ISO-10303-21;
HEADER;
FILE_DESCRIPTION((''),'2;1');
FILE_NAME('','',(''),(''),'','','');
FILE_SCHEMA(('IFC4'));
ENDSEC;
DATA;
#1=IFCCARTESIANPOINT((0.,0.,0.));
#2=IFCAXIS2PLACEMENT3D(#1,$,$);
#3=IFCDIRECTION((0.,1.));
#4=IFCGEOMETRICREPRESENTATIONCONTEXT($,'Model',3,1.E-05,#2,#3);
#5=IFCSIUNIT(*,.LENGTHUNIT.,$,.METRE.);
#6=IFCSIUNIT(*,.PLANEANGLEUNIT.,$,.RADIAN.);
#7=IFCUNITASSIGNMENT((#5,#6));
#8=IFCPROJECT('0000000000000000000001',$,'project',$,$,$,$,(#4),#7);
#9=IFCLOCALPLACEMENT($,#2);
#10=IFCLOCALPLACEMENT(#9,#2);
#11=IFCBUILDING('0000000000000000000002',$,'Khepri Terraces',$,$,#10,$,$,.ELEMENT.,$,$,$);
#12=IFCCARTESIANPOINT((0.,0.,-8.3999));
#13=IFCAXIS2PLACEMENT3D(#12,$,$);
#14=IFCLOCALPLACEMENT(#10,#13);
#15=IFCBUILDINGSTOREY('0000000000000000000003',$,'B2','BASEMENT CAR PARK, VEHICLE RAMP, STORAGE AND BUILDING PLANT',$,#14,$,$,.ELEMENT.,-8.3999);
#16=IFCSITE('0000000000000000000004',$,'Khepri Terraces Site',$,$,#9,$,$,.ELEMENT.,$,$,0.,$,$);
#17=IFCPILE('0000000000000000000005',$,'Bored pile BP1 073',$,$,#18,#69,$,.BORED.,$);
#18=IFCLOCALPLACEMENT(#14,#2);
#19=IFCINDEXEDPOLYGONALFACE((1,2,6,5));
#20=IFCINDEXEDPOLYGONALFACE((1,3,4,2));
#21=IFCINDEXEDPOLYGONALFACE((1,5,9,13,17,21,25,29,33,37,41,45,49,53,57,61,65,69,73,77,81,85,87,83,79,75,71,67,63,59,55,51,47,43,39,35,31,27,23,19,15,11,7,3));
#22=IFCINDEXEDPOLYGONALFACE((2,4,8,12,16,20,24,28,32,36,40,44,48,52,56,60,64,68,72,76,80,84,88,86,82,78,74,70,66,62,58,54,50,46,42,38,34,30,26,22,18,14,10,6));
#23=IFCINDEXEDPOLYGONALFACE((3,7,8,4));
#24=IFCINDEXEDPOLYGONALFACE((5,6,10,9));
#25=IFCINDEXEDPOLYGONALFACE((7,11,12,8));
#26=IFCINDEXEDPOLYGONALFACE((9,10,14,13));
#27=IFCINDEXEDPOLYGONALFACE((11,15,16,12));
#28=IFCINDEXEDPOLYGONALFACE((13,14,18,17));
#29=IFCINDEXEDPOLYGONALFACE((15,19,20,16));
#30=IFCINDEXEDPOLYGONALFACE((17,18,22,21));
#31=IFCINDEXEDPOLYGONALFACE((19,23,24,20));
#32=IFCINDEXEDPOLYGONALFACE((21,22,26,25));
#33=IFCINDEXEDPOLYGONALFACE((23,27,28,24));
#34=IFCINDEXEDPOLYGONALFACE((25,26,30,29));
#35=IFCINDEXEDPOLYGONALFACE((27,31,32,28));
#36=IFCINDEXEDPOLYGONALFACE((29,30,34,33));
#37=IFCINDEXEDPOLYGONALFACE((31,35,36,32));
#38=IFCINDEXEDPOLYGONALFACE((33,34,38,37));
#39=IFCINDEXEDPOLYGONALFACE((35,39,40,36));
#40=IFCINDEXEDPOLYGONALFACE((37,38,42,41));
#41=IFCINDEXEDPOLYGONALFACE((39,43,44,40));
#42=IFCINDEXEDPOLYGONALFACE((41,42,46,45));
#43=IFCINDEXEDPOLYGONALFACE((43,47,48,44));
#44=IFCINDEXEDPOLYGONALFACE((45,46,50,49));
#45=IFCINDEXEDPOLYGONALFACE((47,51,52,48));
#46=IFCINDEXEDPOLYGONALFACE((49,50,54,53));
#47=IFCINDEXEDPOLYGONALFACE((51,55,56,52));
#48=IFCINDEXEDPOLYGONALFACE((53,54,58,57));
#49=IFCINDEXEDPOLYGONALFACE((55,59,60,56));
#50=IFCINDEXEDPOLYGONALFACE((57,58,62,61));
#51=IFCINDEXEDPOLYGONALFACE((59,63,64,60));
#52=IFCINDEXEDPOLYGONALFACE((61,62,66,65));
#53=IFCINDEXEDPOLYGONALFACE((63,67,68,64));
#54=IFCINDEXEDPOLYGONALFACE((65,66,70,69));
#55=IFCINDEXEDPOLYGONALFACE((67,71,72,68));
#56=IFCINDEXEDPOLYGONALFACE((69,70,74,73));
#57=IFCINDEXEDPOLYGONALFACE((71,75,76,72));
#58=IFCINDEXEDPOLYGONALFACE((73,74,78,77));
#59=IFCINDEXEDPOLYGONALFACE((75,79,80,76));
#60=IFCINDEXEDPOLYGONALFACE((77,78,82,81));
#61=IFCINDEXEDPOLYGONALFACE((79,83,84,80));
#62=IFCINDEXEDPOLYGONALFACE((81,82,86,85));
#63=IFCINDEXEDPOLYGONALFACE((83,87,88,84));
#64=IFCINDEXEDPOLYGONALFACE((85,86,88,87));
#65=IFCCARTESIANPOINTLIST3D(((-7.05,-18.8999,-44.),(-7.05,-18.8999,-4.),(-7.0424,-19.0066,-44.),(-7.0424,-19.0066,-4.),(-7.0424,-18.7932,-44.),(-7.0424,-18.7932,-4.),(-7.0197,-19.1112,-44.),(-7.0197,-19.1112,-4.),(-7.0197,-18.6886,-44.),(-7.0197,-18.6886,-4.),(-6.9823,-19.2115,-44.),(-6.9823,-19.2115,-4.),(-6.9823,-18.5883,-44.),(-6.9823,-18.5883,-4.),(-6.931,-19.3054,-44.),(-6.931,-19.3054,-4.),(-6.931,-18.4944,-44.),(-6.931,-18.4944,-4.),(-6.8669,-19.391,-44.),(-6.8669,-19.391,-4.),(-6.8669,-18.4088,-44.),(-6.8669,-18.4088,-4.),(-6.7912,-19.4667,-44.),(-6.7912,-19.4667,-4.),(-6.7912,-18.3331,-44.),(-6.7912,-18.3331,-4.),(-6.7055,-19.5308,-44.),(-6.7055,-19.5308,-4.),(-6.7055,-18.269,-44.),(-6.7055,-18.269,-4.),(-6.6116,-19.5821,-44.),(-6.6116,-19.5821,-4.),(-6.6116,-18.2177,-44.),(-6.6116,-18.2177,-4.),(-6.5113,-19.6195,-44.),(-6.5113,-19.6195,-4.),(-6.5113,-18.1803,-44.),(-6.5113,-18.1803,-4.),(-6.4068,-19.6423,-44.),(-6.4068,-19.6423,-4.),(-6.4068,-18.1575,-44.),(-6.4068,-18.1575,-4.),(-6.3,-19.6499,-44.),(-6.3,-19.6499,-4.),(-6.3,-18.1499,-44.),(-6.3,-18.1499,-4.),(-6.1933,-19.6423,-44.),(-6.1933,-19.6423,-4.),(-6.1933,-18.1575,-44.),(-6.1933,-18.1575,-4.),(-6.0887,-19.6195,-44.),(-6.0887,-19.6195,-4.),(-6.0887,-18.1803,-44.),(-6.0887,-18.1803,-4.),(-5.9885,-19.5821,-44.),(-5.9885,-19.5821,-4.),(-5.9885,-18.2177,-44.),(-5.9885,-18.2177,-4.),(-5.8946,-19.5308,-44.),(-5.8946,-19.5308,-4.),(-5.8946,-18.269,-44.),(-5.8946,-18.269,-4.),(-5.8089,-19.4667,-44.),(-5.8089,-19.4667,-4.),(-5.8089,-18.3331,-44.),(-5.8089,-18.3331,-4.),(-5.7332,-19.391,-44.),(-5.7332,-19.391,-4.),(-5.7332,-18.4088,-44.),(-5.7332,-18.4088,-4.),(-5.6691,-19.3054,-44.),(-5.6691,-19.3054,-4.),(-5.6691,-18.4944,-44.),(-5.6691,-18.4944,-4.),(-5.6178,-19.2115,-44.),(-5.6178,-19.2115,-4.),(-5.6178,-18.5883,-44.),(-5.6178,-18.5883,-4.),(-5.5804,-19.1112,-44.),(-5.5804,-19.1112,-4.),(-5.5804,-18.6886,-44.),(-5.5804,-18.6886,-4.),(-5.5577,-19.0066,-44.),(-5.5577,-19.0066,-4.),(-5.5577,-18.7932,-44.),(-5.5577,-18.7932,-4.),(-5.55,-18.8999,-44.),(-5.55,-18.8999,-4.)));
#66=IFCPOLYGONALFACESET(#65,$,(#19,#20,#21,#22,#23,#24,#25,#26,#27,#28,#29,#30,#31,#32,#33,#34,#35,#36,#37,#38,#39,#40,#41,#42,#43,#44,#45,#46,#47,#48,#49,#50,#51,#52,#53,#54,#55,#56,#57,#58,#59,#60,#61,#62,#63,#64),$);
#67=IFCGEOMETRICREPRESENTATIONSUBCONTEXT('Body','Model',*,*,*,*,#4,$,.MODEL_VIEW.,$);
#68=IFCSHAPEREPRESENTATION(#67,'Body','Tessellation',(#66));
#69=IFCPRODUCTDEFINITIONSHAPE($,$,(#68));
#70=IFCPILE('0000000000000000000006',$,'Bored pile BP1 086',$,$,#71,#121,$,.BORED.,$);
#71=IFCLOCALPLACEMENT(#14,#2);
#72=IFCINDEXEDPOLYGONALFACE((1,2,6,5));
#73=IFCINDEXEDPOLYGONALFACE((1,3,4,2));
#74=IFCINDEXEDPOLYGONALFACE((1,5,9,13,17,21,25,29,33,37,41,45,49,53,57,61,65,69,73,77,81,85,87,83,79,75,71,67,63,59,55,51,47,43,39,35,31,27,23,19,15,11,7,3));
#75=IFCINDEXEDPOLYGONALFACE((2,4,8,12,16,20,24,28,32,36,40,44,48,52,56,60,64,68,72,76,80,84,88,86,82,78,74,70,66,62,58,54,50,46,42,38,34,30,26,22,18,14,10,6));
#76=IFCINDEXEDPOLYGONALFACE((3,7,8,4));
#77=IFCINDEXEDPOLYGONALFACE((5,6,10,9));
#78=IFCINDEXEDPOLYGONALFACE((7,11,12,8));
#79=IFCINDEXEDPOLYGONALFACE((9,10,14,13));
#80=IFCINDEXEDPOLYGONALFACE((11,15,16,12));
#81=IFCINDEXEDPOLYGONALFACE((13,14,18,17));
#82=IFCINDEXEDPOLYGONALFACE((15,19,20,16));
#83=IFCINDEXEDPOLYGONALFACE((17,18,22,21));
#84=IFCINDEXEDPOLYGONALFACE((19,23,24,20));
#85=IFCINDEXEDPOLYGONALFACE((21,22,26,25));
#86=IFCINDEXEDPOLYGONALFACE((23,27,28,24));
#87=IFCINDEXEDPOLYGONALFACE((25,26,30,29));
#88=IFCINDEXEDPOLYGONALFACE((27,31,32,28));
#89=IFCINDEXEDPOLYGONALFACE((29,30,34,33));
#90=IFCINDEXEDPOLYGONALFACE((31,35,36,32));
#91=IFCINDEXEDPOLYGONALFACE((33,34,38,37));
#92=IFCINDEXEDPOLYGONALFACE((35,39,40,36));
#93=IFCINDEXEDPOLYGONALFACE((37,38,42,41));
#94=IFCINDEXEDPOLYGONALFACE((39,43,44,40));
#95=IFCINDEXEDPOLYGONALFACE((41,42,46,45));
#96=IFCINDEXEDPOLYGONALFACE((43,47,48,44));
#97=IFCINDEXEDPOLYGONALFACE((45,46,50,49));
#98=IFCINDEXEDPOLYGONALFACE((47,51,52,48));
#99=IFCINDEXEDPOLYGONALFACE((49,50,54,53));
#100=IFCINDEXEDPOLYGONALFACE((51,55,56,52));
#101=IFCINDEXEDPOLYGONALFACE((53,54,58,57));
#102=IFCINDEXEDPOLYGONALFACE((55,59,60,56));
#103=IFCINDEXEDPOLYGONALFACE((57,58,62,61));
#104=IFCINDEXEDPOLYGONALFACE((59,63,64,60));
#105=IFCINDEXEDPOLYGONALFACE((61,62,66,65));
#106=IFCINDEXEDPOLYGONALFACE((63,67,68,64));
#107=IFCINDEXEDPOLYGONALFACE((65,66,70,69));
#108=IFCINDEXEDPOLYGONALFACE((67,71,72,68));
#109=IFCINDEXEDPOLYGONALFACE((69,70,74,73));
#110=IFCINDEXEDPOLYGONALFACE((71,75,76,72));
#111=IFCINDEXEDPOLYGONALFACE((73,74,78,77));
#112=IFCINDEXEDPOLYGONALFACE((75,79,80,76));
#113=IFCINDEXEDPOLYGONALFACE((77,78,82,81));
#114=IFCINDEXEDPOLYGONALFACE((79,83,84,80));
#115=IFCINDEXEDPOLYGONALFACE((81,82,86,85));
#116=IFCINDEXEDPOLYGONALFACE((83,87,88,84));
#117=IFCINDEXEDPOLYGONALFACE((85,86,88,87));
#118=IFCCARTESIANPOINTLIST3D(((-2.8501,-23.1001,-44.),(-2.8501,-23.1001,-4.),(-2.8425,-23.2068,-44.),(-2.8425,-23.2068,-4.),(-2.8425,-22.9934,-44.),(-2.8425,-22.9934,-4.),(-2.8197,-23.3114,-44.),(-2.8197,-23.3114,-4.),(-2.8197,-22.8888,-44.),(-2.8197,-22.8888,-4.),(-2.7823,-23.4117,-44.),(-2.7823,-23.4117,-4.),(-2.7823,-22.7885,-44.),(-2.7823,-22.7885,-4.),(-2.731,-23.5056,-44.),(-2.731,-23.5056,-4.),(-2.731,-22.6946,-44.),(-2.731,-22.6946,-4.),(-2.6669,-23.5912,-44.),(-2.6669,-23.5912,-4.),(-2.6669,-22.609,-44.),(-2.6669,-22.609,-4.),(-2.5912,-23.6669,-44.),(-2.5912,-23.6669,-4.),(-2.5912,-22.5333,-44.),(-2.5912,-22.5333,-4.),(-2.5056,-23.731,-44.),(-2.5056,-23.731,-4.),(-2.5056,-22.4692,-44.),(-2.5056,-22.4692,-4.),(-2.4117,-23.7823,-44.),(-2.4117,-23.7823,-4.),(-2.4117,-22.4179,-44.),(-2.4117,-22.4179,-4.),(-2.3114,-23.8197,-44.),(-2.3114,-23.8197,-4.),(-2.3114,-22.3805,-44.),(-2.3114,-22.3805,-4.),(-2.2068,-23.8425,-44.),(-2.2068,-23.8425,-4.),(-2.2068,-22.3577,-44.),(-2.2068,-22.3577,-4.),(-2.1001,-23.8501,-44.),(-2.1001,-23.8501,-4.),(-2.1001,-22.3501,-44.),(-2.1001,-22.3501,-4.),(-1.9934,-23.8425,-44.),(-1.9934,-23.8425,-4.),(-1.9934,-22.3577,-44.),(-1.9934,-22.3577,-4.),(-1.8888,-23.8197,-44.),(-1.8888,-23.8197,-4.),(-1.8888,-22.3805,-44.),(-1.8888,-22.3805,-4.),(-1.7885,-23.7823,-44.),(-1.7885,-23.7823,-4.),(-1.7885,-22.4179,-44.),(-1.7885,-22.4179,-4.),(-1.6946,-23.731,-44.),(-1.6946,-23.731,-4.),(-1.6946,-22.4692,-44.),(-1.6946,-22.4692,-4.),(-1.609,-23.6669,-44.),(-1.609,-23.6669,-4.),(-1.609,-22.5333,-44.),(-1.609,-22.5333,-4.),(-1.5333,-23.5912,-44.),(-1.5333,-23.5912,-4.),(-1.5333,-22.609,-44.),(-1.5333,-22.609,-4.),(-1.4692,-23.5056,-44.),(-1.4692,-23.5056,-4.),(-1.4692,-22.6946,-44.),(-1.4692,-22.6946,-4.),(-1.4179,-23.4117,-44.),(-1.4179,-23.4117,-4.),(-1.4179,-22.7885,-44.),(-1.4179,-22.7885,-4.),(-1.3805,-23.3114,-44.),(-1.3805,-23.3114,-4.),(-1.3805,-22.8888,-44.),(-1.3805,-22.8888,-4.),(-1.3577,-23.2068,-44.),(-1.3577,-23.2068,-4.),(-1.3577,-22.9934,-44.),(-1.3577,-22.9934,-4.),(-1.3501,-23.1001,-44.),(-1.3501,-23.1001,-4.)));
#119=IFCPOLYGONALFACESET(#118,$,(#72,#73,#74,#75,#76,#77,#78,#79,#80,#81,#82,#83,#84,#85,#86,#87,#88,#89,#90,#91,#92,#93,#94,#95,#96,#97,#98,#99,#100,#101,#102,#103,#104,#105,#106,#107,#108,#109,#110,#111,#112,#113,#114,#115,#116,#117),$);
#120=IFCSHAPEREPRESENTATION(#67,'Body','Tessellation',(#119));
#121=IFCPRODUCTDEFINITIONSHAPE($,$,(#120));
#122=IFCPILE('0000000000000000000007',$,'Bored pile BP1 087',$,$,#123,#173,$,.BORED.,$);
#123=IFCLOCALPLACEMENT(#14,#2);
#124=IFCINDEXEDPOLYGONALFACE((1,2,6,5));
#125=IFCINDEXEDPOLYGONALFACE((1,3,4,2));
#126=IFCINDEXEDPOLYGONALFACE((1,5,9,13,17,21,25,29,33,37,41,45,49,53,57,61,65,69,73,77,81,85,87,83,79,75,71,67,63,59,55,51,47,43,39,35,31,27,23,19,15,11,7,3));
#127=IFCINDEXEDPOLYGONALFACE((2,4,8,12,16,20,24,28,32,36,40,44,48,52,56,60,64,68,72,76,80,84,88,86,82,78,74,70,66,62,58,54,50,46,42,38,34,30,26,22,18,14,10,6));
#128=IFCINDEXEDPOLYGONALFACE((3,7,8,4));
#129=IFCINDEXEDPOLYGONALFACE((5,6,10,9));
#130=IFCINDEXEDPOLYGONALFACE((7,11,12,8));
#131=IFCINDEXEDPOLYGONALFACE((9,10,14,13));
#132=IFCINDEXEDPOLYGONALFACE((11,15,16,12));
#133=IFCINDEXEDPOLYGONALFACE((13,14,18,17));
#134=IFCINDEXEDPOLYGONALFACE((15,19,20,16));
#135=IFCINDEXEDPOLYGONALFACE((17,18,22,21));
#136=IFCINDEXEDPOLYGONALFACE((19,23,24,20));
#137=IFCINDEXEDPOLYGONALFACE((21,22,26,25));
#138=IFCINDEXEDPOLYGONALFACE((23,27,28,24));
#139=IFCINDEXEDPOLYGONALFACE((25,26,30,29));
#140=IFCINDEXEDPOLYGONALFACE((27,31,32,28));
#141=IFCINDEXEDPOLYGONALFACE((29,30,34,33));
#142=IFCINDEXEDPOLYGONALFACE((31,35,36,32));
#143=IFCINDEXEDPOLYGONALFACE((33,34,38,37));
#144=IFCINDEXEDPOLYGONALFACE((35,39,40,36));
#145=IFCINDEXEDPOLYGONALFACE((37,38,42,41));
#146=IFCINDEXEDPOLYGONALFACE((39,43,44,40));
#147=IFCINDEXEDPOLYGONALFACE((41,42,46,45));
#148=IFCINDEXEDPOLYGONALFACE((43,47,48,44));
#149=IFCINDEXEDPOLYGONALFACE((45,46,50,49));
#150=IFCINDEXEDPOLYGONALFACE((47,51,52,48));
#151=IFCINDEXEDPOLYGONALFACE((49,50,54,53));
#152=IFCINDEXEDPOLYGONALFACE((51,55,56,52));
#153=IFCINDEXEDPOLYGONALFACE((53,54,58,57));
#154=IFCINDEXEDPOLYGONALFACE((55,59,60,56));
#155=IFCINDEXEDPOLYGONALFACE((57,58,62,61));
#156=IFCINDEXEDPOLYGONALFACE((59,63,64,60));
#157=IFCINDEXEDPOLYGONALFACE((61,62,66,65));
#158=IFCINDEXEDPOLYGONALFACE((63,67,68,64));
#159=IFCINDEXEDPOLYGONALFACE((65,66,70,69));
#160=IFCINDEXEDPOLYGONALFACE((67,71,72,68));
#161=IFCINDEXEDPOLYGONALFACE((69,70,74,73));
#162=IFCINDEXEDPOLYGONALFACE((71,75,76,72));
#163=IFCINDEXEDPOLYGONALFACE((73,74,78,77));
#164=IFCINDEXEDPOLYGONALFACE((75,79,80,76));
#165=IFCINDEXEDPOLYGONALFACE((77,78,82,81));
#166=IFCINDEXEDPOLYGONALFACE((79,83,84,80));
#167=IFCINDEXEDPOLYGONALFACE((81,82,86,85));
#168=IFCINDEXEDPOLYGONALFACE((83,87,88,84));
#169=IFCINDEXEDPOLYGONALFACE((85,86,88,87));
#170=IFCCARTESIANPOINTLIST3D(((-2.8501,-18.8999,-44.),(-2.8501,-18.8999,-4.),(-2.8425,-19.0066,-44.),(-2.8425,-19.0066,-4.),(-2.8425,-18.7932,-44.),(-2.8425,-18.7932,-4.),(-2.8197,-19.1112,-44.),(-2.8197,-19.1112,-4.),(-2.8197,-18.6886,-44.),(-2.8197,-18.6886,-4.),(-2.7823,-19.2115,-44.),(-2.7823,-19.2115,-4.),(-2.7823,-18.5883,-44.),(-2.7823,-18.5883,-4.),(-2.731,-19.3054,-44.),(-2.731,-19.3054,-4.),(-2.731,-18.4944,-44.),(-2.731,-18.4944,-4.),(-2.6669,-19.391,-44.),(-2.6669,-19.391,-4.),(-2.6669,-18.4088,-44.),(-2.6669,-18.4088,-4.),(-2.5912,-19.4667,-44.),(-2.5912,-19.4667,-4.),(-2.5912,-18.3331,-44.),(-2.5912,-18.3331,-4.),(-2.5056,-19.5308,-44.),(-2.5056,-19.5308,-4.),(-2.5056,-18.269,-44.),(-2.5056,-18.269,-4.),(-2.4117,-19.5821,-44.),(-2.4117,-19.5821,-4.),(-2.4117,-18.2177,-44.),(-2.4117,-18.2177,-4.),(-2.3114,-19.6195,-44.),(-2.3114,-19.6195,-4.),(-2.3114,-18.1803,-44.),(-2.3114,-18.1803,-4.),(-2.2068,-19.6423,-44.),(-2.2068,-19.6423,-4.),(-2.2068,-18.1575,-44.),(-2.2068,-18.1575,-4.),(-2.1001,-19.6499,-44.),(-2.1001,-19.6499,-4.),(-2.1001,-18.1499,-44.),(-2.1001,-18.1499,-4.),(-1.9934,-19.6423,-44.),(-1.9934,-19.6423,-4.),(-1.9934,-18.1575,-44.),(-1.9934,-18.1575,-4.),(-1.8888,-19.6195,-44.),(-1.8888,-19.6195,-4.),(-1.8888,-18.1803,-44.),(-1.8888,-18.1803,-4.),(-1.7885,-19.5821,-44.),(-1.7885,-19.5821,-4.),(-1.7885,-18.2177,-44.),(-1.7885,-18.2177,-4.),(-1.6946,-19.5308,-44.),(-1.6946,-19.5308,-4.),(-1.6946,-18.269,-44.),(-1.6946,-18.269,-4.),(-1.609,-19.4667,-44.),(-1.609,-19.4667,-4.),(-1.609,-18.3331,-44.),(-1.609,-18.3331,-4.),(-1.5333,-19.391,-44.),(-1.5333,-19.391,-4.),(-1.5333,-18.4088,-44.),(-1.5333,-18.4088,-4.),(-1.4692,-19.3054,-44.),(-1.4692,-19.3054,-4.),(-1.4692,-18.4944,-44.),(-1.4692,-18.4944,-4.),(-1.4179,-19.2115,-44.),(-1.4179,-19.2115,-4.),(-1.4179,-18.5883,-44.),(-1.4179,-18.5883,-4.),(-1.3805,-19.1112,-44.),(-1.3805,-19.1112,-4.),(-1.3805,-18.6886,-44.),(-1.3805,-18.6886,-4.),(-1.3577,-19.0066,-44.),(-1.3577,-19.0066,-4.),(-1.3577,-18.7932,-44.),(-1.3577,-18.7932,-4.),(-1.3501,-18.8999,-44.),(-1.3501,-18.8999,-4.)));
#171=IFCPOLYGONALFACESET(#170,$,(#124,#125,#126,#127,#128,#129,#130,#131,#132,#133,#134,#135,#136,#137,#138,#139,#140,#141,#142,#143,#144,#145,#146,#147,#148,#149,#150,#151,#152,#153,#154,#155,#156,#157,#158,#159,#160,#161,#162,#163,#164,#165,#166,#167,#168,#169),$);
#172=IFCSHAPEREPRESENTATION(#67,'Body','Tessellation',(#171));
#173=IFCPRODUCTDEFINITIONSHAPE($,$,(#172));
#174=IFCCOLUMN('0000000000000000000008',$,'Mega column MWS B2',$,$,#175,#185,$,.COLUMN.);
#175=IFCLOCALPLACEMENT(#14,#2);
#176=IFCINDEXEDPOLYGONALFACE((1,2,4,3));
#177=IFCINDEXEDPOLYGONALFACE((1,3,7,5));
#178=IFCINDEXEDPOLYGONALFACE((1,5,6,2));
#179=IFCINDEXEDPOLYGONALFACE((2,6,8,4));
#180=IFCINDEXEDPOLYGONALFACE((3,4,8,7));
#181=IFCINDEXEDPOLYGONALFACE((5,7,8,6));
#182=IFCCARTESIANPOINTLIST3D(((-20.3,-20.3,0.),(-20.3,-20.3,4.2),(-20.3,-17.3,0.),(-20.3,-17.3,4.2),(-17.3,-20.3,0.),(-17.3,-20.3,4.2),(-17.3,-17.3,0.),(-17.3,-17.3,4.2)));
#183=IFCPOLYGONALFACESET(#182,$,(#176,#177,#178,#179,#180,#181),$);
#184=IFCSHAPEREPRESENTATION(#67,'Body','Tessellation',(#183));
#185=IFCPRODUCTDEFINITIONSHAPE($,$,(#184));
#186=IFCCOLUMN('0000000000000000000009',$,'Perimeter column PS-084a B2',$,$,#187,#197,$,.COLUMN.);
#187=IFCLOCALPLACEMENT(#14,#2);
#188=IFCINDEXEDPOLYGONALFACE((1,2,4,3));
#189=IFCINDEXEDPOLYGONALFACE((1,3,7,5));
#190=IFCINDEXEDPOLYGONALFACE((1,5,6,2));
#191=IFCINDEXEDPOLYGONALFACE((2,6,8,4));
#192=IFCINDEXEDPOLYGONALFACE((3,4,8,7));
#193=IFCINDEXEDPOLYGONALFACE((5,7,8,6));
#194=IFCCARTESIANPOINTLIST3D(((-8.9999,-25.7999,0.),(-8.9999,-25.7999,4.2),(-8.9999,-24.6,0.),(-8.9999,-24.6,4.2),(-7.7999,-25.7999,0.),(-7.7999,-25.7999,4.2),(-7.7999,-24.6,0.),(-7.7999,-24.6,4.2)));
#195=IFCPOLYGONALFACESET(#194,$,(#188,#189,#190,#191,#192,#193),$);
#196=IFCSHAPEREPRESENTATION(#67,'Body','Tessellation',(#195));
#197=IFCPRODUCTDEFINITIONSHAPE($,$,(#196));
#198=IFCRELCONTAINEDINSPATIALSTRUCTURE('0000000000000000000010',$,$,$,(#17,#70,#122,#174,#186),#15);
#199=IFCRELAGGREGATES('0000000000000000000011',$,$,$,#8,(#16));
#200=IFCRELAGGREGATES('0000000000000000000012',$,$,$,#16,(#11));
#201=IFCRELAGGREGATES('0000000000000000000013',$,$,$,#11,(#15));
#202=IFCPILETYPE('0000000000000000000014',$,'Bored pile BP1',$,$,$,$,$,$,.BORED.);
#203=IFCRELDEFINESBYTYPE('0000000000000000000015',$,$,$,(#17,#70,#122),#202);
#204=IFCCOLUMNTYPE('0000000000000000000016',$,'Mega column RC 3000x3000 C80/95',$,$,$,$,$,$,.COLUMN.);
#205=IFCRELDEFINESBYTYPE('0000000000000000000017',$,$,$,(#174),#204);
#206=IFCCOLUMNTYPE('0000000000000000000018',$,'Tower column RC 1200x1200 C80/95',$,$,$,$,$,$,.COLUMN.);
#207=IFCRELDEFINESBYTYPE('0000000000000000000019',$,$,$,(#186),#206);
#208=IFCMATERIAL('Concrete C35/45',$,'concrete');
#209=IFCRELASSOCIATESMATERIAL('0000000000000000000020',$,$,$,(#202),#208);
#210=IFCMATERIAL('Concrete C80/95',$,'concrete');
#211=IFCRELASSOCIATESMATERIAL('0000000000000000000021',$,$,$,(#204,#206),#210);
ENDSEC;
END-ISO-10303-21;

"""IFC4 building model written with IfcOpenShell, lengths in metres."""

from ifc_helpers import new_model, si_unit, direction, frame, origin, origin_2d, place, context, subcontext, project, spatial, rectangle, circle, extrude, material, material_profile, profile_set, type_object, element, save


model = new_model("IFC4")

# Units and contexts
model_context = context("Model", 3, precision=1e-05, world=origin(), true_north=direction((0.0, 1.0)))
body_context = subcontext(model_context, "Body", "Model", "MODEL_VIEW")
ifc_project = project(units=[si_unit("LENGTHUNIT", "METRE"), si_unit("PLANEANGLEUNIT", "RADIAN")], contexts=[model_context])

# Site, building, storey
site_placement = place(None, origin())
site = spatial("IfcSite", under=ifc_project, at=site_placement, Name="Khepri Terraces Site", CompositionType="ELEMENT", RefElevation=0.0)
building_placement = place(site_placement, origin())
building = spatial("IfcBuilding", under=site, at=building_placement, Name="Khepri Terraces", CompositionType="ELEMENT")
storey_placement = place(building_placement, frame((0.0, 0.0, -8.3999)))
storey = spatial("IfcBuildingStorey", under=building, at=storey_placement, Name="B2", Description="BASEMENT CAR PARK, VEHICLE RAMP, STORAGE AND BUILDING PLANT", CompositionType="ELEMENT", Elevation=-8.3999)

# Piles
ifc_material_1 = material(Name="Concrete C35/45", Category="concrete")
ifc_material_profile_1 = material_profile(ifc_material_1, circle(Radius=0.75, at=origin_2d()), Name="Concrete C35/45", Category="concrete")
ifc_profile_set_1 = profile_set([ifc_material_profile_1], Name="Concrete C35/45")
pile_type = type_object("IfcPileType", Name="Bored pile BP1", PredefinedType="BORED", material=ifc_profile_set_1)
for number, where, z_axis, x_axis, name in (
    (1, (-6.3, -18.8999, -4.0), (0.0, 0.0, -1.0), (1.0, 0.0, 0.0), "Bored pile BP1 073"),
    (2, (-2.1001, -23.1001, -4.0), (0.0, 0.0, -1.0), (1.0, 0.0, 0.0), "Bored pile BP1 086"),
    (3, (-2.1001, -18.8999, -4.0), (0.0, 0.0, -1.0), (1.0, 0.0, 0.0), "Bored pile BP1 087"),
):
    element("IfcPile", number, at=place(storey_placement, frame(where, z_axis=z_axis, x_axis=x_axis)), inside=storey, type_object=pile_type, Name=name, PredefinedType="BORED", context=body_context, shape_type="SweptSolid", body=[
        extrude(circle(Radius=0.75, at=origin_2d()), origin(), (0.0, 0.0, 1.0), 40.0),
    ])

# Columns
ifc_material_2 = material(Name="Concrete C80/95", Category="concrete")
ifc_material_profile_2 = material_profile(ifc_material_2, rectangle(XDim=3.0, YDim=3.0, at=origin_2d()), Name="Concrete C80/95", Category="concrete")
ifc_profile_set_2 = profile_set([ifc_material_profile_2], Name="Concrete C80/95")
column_type_1 = type_object("IfcColumnType", Name="Mega column RC 3000x3000 C80/95", PredefinedType="COLUMN", material=ifc_profile_set_2)
column_1_placement = place(storey_placement, frame((-18.8, -18.8, 0.0), z_axis=(0.0, 0.0, 1.0), x_axis=(1.0, 0.0, 0.0)))
element("IfcColumn", 4, at=column_1_placement, inside=storey, type_object=column_type_1, Name="Mega column MWS B2", PredefinedType="COLUMN", context=body_context, shape_type="SweptSolid", body=[
    extrude(rectangle(XDim=3.0, YDim=3.0, at=origin_2d()), origin(), (0.0, 0.0, 1.0), 4.2),
])
ifc_material_profile_3 = material_profile(ifc_material_2, rectangle(XDim=1.2, YDim=1.2, at=origin_2d()), Name="Concrete C80/95", Category="concrete")
ifc_profile_set_3 = profile_set([ifc_material_profile_3], Name="Concrete C80/95")
column_type_2 = type_object("IfcColumnType", Name="Tower column RC 1200x1200 C80/95", PredefinedType="COLUMN", material=ifc_profile_set_3)
column_2_placement = place(storey_placement, frame((-8.3999, -25.2, 0.0), z_axis=(0.0, 0.0, 1.0), x_axis=(1.0, 0.0, 0.0)))
element("IfcColumn", 5, at=column_2_placement, inside=storey, type_object=column_type_2, Name="Perimeter column PS-084a B2", PredefinedType="COLUMN", context=body_context, shape_type="SweptSolid", body=[
    extrude(rectangle(XDim=1.2, YDim=1.2, at=origin_2d()), origin(), (0.0, 0.0, 1.0), 4.2),
])

save(model, "model.ifc")
